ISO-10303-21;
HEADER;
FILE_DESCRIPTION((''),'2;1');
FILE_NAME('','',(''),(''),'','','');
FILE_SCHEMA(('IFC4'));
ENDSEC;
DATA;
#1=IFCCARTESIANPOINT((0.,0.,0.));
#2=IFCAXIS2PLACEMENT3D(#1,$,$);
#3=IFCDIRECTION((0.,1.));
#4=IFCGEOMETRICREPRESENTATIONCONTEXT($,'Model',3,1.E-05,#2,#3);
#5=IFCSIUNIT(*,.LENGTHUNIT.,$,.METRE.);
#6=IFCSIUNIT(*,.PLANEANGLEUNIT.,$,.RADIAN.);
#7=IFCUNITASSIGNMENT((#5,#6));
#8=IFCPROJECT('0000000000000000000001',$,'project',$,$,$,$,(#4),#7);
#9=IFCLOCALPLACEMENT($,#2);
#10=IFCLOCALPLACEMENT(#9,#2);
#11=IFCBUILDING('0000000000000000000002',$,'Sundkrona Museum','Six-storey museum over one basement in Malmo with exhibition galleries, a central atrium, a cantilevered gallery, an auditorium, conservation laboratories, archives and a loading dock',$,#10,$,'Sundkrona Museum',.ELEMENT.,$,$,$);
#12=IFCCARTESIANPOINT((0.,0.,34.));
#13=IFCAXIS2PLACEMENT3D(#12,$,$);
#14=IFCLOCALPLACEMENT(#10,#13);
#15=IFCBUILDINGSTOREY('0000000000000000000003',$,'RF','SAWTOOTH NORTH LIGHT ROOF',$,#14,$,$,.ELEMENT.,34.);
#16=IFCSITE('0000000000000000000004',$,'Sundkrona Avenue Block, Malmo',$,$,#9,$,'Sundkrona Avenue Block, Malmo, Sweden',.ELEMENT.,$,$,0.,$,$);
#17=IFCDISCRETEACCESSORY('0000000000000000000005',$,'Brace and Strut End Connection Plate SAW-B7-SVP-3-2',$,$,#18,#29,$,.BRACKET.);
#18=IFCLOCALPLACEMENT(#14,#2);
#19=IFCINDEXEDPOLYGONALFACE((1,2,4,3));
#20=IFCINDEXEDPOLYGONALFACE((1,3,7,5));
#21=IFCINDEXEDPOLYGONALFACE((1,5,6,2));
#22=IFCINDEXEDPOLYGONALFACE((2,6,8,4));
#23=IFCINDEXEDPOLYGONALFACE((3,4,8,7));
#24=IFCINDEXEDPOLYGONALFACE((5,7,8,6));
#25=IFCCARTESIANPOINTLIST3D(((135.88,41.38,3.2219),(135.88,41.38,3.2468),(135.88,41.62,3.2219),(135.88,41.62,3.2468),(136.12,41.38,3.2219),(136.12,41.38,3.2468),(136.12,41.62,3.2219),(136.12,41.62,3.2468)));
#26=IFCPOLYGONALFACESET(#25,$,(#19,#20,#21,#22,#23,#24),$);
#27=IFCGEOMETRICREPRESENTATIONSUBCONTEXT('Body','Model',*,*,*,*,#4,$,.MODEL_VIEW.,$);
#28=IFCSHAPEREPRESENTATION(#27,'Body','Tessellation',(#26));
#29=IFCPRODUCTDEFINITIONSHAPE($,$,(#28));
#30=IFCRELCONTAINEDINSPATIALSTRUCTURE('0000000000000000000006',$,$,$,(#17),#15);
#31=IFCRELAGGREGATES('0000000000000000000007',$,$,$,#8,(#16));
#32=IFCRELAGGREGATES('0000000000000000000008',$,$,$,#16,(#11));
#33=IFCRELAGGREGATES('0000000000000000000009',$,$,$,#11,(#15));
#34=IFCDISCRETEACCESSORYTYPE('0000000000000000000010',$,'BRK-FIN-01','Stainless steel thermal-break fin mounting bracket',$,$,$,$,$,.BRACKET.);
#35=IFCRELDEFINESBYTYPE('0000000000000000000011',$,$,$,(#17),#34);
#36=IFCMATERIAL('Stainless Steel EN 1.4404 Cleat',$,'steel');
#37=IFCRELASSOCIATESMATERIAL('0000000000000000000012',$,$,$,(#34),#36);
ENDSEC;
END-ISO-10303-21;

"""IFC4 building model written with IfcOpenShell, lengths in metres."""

from ifc_helpers import new_model, si_unit, direction, frame, origin, origin_2d, place, context, subcontext, project, spatial, rectangle, extrude, material, type_object, element, save


model = new_model("IFC4")

# Units and contexts
model_context = context("Model", 3, precision=1e-05, world=origin(), true_north=direction((0.0, 1.0)))
body_context = subcontext(model_context, "Body", "Model", "MODEL_VIEW")
ifc_project = project(units=[si_unit("LENGTHUNIT", "METRE"), si_unit("PLANEANGLEUNIT", "RADIAN")], contexts=[model_context])

# Site, building, storey
site_placement = place(None, origin())
site = spatial("IfcSite", under=ifc_project, at=site_placement, Name="Sundkrona Avenue Block, Malmo", LongName="Sundkrona Avenue Block, Malmo, Sweden", CompositionType="ELEMENT", RefElevation=0.0)
building_placement = place(site_placement, origin())
building = spatial("IfcBuilding", under=site, at=building_placement, Name="Sundkrona Museum", Description="Six-storey museum over one basement in Malmo with exhibition galleries, a central atrium, a cantilevered gallery, an auditorium, conservation laboratories, archives and a loading dock", LongName="Sundkrona Museum", CompositionType="ELEMENT")
storey_placement = place(building_placement, frame((0.0, 0.0, 34.0)))
storey = spatial("IfcBuildingStorey", under=building, at=storey_placement, Name="RF", Description="SAWTOOTH NORTH LIGHT ROOF", CompositionType="ELEMENT", Elevation=34.0)

# Discrete accessory
ifc_material_1 = material(Name="Stainless Steel EN 1.4404 Cleat", Category="steel")
discrete_accessory_type = type_object("IfcDiscreteAccessoryType", Name="BRK-FIN-01", Description="Stainless steel thermal-break fin mounting bracket", PredefinedType="BRACKET", material=ifc_material_1)
for number, where, z_axis, x_axis, name in (
    (1, (136.0, 41.5, 3.2219), (0.0, 0.0, 1.0), (1.0, 0.0, 0.0), "Brace and Strut End Connection Plate SAW-B7-SVP-3-2"),
):
    element("IfcDiscreteAccessory", number, at=place(storey_placement, frame(where, z_axis=z_axis, x_axis=x_axis)), inside=storey, type_object=discrete_accessory_type, Name=name, PredefinedType="BRACKET", context=body_context, shape_type="SweptSolid", body=[
        extrude(rectangle(XDim=0.24, YDim=0.24, at=origin_2d()), origin(), (0.0, 0.0, 1.0), 0.0249),
    ])

save(model, "model.ifc")
